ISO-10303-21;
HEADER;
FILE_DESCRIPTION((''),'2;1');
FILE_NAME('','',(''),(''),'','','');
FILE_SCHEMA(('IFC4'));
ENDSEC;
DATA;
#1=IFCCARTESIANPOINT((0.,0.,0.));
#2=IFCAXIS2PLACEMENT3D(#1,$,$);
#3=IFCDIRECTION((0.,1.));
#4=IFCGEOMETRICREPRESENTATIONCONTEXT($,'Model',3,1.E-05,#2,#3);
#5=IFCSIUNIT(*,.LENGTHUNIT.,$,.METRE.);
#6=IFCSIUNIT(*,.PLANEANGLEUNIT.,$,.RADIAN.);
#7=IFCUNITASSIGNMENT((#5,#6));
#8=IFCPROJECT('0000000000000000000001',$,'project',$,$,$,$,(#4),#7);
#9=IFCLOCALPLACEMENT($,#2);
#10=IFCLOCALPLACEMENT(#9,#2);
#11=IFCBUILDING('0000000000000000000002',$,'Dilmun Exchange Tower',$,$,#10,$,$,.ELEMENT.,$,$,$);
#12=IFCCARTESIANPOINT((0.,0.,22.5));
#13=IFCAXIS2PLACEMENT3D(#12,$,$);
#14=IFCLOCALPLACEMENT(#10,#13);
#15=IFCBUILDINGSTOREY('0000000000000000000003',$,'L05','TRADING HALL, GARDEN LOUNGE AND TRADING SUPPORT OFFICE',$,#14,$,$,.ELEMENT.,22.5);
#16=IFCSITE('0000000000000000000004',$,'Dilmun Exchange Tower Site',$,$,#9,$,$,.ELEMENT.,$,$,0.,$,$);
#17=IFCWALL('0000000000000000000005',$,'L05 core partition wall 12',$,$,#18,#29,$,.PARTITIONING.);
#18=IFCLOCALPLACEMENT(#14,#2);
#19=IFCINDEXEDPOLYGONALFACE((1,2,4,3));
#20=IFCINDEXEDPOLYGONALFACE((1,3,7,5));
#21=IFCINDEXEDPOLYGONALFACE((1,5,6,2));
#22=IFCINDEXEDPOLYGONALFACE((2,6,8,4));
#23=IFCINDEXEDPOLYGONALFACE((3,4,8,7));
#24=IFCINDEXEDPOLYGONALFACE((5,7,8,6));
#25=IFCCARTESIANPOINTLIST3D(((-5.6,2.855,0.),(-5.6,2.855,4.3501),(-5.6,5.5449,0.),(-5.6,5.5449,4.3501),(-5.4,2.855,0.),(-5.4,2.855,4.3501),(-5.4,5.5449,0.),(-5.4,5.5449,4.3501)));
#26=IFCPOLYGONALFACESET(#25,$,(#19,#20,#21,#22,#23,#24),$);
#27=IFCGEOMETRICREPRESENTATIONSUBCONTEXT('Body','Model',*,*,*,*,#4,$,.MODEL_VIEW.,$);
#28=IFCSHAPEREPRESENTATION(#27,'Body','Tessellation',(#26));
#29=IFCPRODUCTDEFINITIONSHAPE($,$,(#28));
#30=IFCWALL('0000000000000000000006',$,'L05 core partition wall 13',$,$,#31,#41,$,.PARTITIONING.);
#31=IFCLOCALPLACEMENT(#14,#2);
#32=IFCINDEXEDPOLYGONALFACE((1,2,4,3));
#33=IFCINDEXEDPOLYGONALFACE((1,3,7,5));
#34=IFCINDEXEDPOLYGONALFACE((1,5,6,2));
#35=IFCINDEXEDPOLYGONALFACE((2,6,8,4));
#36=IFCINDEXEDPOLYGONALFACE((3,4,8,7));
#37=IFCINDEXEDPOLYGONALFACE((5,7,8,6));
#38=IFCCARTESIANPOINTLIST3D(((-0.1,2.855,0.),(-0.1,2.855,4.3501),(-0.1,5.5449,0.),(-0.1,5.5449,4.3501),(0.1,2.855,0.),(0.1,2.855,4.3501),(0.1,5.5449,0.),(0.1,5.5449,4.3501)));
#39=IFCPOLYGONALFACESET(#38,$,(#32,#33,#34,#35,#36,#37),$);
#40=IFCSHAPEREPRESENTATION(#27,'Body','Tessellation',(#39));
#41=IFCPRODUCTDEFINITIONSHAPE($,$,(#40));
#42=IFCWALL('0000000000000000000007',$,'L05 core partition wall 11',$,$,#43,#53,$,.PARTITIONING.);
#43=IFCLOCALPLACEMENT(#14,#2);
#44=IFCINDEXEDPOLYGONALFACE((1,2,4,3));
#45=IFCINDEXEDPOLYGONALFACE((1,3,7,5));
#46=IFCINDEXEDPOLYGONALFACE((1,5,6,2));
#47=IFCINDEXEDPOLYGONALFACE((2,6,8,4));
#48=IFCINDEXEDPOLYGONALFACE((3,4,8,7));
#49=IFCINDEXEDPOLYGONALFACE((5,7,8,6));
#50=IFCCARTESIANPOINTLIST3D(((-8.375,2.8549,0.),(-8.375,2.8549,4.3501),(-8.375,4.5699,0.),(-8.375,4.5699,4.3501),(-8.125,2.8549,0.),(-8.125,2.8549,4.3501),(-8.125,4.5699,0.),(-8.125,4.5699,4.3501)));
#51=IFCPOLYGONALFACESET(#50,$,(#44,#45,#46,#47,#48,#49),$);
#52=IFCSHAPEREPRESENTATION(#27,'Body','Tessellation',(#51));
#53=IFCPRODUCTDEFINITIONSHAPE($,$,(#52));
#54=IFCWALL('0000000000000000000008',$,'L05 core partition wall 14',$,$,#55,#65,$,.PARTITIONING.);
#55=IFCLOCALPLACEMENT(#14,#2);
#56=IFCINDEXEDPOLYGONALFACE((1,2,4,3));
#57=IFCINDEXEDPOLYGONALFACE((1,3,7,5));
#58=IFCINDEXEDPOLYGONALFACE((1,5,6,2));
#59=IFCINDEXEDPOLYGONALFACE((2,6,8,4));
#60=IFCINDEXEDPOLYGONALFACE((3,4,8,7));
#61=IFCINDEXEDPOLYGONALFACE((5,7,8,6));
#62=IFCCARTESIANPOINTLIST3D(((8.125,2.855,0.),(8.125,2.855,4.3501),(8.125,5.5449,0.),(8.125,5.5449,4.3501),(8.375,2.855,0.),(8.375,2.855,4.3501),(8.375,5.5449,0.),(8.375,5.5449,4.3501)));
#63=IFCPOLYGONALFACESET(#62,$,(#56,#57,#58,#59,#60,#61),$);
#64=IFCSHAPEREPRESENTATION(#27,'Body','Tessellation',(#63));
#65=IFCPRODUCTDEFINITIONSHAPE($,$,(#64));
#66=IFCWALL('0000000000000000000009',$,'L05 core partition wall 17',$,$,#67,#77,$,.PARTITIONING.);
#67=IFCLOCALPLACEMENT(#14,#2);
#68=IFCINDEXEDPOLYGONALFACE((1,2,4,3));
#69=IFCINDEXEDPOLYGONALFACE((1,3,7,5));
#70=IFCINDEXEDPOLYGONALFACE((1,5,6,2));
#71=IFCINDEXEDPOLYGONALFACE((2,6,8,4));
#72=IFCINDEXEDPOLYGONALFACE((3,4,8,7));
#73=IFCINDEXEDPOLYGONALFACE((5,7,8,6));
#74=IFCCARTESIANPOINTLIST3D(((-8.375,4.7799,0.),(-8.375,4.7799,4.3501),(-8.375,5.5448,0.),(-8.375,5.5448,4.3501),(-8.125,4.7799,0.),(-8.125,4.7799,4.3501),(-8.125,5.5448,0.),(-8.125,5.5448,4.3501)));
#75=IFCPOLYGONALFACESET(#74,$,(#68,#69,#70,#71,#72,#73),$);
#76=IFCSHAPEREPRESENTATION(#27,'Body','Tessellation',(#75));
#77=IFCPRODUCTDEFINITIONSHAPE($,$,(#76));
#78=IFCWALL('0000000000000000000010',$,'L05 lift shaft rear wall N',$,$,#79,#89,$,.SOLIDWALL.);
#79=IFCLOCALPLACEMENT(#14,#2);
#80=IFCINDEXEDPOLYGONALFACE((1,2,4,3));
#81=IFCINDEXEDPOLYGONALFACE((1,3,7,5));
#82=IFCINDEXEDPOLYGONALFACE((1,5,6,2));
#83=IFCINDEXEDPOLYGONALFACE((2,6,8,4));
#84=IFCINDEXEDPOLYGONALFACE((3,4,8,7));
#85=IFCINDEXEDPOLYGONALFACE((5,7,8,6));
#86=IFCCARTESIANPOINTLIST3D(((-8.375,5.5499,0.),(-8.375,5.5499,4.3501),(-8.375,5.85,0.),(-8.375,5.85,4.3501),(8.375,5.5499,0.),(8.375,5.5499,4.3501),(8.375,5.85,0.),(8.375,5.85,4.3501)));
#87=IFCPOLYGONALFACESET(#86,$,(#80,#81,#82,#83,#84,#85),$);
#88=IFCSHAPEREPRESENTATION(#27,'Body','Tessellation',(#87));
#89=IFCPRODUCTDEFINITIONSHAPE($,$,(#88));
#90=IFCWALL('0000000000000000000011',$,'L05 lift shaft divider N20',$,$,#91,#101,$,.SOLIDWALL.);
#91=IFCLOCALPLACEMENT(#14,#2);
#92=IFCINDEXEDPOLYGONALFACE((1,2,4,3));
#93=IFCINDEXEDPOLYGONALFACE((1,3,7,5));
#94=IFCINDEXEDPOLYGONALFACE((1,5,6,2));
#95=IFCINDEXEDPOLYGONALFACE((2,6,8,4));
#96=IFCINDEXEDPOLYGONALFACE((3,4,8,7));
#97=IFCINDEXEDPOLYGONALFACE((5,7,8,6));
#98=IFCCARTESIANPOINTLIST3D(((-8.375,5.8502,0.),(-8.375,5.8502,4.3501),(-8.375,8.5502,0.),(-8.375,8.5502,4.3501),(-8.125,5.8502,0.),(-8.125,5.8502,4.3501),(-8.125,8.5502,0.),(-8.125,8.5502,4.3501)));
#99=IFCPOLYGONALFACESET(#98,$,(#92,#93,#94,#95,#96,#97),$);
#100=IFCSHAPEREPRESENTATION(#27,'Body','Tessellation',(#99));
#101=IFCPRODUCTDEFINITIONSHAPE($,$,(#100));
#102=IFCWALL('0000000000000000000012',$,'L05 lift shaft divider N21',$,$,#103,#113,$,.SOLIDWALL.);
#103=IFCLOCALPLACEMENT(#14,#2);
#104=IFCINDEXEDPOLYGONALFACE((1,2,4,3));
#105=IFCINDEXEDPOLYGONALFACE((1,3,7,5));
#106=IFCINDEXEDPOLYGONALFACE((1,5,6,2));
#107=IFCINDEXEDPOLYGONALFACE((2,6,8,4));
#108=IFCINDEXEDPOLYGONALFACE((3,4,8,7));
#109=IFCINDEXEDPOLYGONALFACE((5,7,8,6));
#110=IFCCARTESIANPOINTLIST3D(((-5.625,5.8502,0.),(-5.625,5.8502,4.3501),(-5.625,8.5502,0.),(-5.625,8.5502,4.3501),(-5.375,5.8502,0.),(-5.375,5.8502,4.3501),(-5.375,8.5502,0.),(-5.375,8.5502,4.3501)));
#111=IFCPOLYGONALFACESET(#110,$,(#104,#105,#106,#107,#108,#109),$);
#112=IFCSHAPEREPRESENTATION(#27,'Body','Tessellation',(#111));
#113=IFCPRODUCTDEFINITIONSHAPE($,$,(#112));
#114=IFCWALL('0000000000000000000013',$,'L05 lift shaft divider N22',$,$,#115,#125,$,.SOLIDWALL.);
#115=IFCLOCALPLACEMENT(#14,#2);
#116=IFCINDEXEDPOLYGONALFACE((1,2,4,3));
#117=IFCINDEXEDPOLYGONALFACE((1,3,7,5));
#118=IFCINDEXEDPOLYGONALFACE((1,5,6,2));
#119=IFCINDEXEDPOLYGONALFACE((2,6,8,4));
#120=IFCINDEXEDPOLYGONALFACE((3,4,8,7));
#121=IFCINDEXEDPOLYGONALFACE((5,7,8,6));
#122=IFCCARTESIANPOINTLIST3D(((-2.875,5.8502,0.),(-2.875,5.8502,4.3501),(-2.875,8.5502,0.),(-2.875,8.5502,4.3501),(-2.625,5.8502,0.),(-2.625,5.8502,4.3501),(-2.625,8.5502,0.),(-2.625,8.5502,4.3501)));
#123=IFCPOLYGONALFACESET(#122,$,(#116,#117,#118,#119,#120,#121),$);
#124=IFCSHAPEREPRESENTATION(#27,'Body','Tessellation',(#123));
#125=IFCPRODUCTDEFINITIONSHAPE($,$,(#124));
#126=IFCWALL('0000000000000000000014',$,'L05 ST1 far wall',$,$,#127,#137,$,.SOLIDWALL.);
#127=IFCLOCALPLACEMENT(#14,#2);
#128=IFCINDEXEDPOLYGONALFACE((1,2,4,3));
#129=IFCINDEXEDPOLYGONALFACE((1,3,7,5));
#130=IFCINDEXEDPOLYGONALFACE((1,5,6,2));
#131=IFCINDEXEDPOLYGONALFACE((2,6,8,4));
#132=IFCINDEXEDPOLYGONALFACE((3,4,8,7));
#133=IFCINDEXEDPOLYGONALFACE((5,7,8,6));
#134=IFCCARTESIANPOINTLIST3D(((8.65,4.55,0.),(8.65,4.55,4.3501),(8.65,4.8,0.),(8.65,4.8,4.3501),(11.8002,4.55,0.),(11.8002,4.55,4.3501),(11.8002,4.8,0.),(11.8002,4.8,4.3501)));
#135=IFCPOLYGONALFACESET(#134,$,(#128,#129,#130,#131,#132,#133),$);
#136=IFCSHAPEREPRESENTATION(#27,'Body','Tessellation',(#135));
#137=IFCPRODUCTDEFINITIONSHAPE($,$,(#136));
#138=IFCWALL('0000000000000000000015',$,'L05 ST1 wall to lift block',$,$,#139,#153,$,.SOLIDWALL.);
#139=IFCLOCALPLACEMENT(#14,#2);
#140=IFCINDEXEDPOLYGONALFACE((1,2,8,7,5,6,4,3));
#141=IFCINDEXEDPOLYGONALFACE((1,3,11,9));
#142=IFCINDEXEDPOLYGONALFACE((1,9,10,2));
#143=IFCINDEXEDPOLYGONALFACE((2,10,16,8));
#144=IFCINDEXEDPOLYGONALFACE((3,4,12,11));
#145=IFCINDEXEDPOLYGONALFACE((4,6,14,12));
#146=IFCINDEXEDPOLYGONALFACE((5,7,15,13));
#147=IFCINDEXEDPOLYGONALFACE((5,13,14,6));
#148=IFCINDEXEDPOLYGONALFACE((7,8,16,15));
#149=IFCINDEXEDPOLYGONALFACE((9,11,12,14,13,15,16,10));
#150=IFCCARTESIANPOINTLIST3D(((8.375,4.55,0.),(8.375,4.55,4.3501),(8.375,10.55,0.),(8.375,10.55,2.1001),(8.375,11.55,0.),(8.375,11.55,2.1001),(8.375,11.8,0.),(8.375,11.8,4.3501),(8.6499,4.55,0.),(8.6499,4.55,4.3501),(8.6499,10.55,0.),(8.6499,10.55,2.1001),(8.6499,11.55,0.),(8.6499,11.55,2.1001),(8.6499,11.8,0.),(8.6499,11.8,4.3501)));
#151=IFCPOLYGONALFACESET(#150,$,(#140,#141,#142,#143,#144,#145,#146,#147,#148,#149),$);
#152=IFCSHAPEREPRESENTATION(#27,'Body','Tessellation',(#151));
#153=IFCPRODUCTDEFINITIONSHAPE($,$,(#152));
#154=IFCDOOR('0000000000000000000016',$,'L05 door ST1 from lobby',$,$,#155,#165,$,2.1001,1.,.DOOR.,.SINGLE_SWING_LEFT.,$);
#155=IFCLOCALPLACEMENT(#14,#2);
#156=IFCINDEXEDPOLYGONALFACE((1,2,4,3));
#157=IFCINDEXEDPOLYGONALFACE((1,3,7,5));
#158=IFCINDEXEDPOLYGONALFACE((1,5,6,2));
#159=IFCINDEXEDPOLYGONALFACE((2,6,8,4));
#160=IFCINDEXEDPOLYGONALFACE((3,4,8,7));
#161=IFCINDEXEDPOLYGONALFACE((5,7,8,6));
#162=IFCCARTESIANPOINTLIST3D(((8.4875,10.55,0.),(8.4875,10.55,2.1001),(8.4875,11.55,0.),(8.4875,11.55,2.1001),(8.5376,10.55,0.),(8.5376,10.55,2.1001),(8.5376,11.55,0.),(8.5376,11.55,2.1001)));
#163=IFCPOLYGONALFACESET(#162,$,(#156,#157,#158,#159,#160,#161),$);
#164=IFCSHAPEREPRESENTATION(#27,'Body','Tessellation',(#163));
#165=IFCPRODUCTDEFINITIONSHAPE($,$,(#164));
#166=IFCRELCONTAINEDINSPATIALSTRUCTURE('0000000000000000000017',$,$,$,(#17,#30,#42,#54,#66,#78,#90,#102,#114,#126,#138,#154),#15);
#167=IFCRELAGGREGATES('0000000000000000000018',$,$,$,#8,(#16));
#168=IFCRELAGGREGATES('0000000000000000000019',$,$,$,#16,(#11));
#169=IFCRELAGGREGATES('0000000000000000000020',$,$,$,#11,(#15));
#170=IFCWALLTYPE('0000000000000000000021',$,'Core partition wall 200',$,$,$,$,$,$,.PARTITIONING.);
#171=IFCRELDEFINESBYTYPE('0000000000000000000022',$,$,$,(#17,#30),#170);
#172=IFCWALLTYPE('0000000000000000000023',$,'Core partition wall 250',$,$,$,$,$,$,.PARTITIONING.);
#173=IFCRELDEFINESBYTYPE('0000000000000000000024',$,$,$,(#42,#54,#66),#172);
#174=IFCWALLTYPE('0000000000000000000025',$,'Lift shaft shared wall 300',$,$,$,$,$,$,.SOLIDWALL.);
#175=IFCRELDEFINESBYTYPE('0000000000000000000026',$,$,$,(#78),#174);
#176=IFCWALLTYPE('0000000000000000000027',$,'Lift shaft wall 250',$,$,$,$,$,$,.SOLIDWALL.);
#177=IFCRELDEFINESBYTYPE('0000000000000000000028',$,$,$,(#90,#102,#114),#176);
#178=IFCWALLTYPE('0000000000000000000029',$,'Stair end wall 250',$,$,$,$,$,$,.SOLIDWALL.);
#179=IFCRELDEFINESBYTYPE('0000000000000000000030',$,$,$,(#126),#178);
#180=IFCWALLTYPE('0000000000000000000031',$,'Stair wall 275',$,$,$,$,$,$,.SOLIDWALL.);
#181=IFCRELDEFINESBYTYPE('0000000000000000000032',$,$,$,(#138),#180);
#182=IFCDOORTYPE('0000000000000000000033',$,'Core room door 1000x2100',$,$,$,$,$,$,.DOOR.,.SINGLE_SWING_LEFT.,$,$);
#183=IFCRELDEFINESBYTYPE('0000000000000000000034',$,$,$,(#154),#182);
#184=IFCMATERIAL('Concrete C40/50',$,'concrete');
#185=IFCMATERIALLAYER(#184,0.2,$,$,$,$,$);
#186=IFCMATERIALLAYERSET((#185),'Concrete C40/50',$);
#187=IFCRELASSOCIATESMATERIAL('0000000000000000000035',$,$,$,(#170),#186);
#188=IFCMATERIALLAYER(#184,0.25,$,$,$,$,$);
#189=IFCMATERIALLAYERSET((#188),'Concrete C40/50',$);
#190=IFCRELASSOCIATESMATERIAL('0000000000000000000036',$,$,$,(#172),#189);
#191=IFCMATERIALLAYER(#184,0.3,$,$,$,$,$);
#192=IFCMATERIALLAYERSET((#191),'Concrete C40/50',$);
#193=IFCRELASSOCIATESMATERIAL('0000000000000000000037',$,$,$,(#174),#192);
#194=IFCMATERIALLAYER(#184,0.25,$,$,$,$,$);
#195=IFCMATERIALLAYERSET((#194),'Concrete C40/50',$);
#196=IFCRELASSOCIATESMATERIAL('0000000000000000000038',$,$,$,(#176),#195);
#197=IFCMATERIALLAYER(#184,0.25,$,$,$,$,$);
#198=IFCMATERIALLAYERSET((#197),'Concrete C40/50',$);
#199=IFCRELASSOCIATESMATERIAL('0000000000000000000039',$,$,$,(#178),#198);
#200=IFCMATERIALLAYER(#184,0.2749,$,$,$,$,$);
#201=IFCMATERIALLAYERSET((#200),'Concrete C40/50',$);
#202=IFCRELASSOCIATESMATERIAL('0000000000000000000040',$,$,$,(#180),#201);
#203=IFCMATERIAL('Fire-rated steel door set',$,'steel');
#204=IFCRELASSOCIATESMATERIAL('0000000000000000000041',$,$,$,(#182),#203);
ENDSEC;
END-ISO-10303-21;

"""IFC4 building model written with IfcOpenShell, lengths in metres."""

from ifc_helpers import new_model, si_unit, direction, frame, frame_2d, origin, place, context, subcontext, project, spatial, rectangle, extrude, material, layer, layer_set, type_object, element, fill, save


model = new_model("IFC4")

# Units and contexts
model_context = context("Model", 3, precision=1e-05, world=origin(), true_north=direction((0.0, 1.0)))
body_context = subcontext(model_context, "Body", "Model", "MODEL_VIEW")
ifc_project = project(units=[si_unit("LENGTHUNIT", "METRE"), si_unit("PLANEANGLEUNIT", "RADIAN")], contexts=[model_context])

# Site, building, storey
site_placement = place(None, origin())
site = spatial("IfcSite", under=ifc_project, at=site_placement, Name="Dilmun Exchange Tower Site", CompositionType="ELEMENT", RefElevation=0.0)
building_placement = place(site_placement, origin())
building = spatial("IfcBuilding", under=site, at=building_placement, Name="Dilmun Exchange Tower", CompositionType="ELEMENT")
storey_placement = place(building_placement, frame((0.0, 0.0, 22.5)))
storey = spatial("IfcBuildingStorey", under=building, at=storey_placement, Name="L05", Description="TRADING HALL, GARDEN LOUNGE AND TRADING SUPPORT OFFICE", CompositionType="ELEMENT", Elevation=22.5)

# Walls
ifc_material_1 = material(Name="Concrete C40/50", Category="concrete")
ifc_layer_1 = layer(ifc_material_1, 0.2)
ifc_layer_set_1 = layer_set([ifc_layer_1], Name="Concrete C40/50")
wall_type_1 = type_object("IfcWallType", Name="Core partition wall 200", PredefinedType="PARTITIONING", material=ifc_layer_set_1)
for number, where, z_axis, x_axis, name in (
    (1, (-5.5, 2.855, 0.0), (0.0, 0.0, 1.0), (0.0, 1.0, 0.0), "L05 core partition wall 12"),
    (2, (0.0, 2.855, 0.0), (0.0, 0.0, 1.0), (0.0, 1.0, 0.0), "L05 core partition wall 13"),
):
    element("IfcWall", number, at=place(storey_placement, frame(where, z_axis=z_axis, x_axis=x_axis)), inside=storey, type_object=wall_type_1, Name=name, PredefinedType="PARTITIONING", context=body_context, shape_type="SweptSolid", body=[
        extrude(rectangle(XDim=2.6899, YDim=0.2, at=frame_2d((1.345, 0.0))), origin(), (0.0, 0.0, 1.0), 4.3501),
    ])
ifc_layer_2 = layer(ifc_material_1, 0.25)
ifc_layer_set_2 = layer_set([ifc_layer_2], Name="Concrete C40/50")
wall_type_2 = type_object("IfcWallType", Name="Core partition wall 250", PredefinedType="PARTITIONING", material=ifc_layer_set_2)
wall_1_placement = place(storey_placement, frame((-8.25, 2.855, 0.0), z_axis=(0.0, 0.0, 1.0), x_axis=(0.0, 1.0, 0.0)))
element("IfcWall", 3, at=wall_1_placement, inside=storey, type_object=wall_type_2, Name="L05 core partition wall 11", PredefinedType="PARTITIONING", context=body_context, shape_type="SweptSolid", body=[
    extrude(rectangle(XDim=1.7151, YDim=0.25, at=frame_2d((0.8574, 0.0))), origin(), (0.0, 0.0, 1.0), 4.3501),
])
wall_2_placement = place(storey_placement, frame((8.25, 2.855, 0.0), z_axis=(0.0, 0.0, 1.0), x_axis=(0.0, 1.0, 0.0)))
element("IfcWall", 4, at=wall_2_placement, inside=storey, type_object=wall_type_2, Name="L05 core partition wall 14", PredefinedType="PARTITIONING", context=body_context, shape_type="SweptSolid", body=[
    extrude(rectangle(XDim=2.6899, YDim=0.25, at=frame_2d((1.345, 0.0))), origin(), (0.0, 0.0, 1.0), 4.3501),
])
wall_3_placement = place(storey_placement, frame((-8.25, 4.78, 0.0), z_axis=(0.0, 0.0, 1.0), x_axis=(0.0, 1.0, 0.0)))
element("IfcWall", 5, at=wall_3_placement, inside=storey, type_object=wall_type_2, Name="L05 core partition wall 17", PredefinedType="PARTITIONING", context=body_context, shape_type="SweptSolid", body=[
    extrude(rectangle(XDim=0.7649, YDim=0.25, at=frame_2d((0.3823, 0.0))), origin(), (0.0, 0.0, 1.0), 4.3501),
])
ifc_layer_3 = layer(ifc_material_1, 0.3)
ifc_layer_set_3 = layer_set([ifc_layer_3], Name="Concrete C40/50")
wall_type_3 = type_object("IfcWallType", Name="Lift shaft shared wall 300", PredefinedType="SOLIDWALL", material=ifc_layer_set_3)
wall_4_placement = place(storey_placement, frame((-8.375, 5.7, 0.0), z_axis=(0.0, 0.0, 1.0), x_axis=(1.0, 0.0, 0.0)))
element("IfcWall", 6, at=wall_4_placement, inside=storey, type_object=wall_type_3, Name="L05 lift shaft rear wall N", PredefinedType="SOLIDWALL", context=body_context, shape_type="SweptSolid", body=[
    extrude(rectangle(XDim=16.75, YDim=0.3, at=frame_2d((8.375, 0.0))), origin(), (0.0, 0.0, 1.0), 4.3501),
])
ifc_layer_4 = layer(ifc_material_1, 0.25)
ifc_layer_set_4 = layer_set([ifc_layer_4], Name="Concrete C40/50")
wall_type_4 = type_object("IfcWallType", Name="Lift shaft wall 250", PredefinedType="SOLIDWALL", material=ifc_layer_set_4)
for number, where, z_axis, x_axis, name in (
    (7, (-8.25, 5.8501, 0.0), (0.0, 0.0, 1.0), (0.0, 1.0, 0.0), "L05 lift shaft divider N20"),
    (8, (-5.5, 5.8501, 0.0), (0.0, 0.0, 1.0), (0.0, 1.0, 0.0), "L05 lift shaft divider N21"),
    (9, (-2.75, 5.8501, 0.0), (0.0, 0.0, 1.0), (0.0, 1.0, 0.0), "L05 lift shaft divider N22"),
):
    element("IfcWall", number, at=place(storey_placement, frame(where, z_axis=z_axis, x_axis=x_axis)), inside=storey, type_object=wall_type_4, Name=name, PredefinedType="SOLIDWALL", context=body_context, shape_type="SweptSolid", body=[
        extrude(rectangle(XDim=2.7, YDim=0.25, at=frame_2d((1.3501, 0.0))), origin(), (0.0, 0.0, 1.0), 4.3501),
    ])
ifc_layer_5 = layer(ifc_material_1, 0.25)
ifc_layer_set_5 = layer_set([ifc_layer_5], Name="Concrete C40/50")
wall_type_5 = type_object("IfcWallType", Name="Stair end wall 250", PredefinedType="SOLIDWALL", material=ifc_layer_set_5)
wall_5_placement = place(storey_placement, frame((8.6499, 4.675, 0.0), z_axis=(0.0, 0.0, 1.0), x_axis=(1.0, 0.0, 0.0)))
element("IfcWall", 10, at=wall_5_placement, inside=storey, type_object=wall_type_5, Name="L05 ST1 far wall", PredefinedType="SOLIDWALL", context=body_context, shape_type="SweptSolid", body=[
    extrude(rectangle(XDim=3.1501, YDim=0.25, at=frame_2d((1.5752, 0.0))), origin(), (0.0, 0.0, 1.0), 4.3501),
])

# Wall, opening, door
ifc_layer_6 = layer(ifc_material_1, 0.2749)
ifc_layer_set_6 = layer_set([ifc_layer_6], Name="Concrete C40/50")
wall_type_6 = type_object("IfcWallType", Name="Stair wall 275", PredefinedType="SOLIDWALL", material=ifc_layer_set_6)
wall_6_placement = place(storey_placement, frame((8.5125, 4.55, 0.0), z_axis=(0.0, 0.0, 1.0), x_axis=(0.0, 1.0, 0.0)))
wall_6 = element("IfcWall", 11, at=wall_6_placement, inside=storey, type_object=wall_type_6, Name="L05 ST1 wall to lift block", PredefinedType="SOLIDWALL", context=body_context, shape_type="SweptSolid", body=[
    extrude(rectangle(XDim=7.25, YDim=0.2749, at=frame_2d((3.625, 0.0))), origin(), (0.0, 0.0, 1.0), 4.3501),
])
opening_placement = place(wall_6_placement, frame((6.0, 0.0, 0.0)))
opening = element("IfcOpeningElement", 12, at=opening_placement, cuts=wall_6, PredefinedType="OPENING", context=body_context, shape_type="SweptSolid", body=[
    extrude(rectangle(XDim=1.0, YDim=2.1001, at=frame_2d((0.5, 1.05))), frame((0.0, 0.1475, 0.0), z_axis=(0.0, -1.0, 0.0), x_axis=(1.0, 0.0, 0.0)), (0.0, 0.0, 1.0), 0.2949),
])
ifc_material_2 = material(Name="Fire-rated steel door set", Category="steel")
door_type = type_object("IfcDoorType", Name="Core room door 1000x2100", OperationType="SINGLE_SWING_LEFT", PredefinedType="DOOR", material=ifc_material_2)
door_placement = place(opening_placement, origin())
door = element("IfcDoor", 13, at=door_placement, inside=storey, type_object=door_type, Name="L05 door ST1 from lobby", OperationType="SINGLE_SWING_LEFT", OverallHeight=2.1001, OverallWidth=1.0, PredefinedType="DOOR", context=body_context, shape_type="SweptSolid", body=[
    extrude(rectangle(XDim=1.0, YDim=2.1001, at=frame_2d((0.5, 1.05))), frame((0.0, 0.0249, 0.0), z_axis=(0.0, -1.0, 0.0), x_axis=(1.0, 0.0, 0.0)), (0.0, 0.0, 1.0), 0.05),
])
fill(opening, door)

save(model, "model.ifc")
